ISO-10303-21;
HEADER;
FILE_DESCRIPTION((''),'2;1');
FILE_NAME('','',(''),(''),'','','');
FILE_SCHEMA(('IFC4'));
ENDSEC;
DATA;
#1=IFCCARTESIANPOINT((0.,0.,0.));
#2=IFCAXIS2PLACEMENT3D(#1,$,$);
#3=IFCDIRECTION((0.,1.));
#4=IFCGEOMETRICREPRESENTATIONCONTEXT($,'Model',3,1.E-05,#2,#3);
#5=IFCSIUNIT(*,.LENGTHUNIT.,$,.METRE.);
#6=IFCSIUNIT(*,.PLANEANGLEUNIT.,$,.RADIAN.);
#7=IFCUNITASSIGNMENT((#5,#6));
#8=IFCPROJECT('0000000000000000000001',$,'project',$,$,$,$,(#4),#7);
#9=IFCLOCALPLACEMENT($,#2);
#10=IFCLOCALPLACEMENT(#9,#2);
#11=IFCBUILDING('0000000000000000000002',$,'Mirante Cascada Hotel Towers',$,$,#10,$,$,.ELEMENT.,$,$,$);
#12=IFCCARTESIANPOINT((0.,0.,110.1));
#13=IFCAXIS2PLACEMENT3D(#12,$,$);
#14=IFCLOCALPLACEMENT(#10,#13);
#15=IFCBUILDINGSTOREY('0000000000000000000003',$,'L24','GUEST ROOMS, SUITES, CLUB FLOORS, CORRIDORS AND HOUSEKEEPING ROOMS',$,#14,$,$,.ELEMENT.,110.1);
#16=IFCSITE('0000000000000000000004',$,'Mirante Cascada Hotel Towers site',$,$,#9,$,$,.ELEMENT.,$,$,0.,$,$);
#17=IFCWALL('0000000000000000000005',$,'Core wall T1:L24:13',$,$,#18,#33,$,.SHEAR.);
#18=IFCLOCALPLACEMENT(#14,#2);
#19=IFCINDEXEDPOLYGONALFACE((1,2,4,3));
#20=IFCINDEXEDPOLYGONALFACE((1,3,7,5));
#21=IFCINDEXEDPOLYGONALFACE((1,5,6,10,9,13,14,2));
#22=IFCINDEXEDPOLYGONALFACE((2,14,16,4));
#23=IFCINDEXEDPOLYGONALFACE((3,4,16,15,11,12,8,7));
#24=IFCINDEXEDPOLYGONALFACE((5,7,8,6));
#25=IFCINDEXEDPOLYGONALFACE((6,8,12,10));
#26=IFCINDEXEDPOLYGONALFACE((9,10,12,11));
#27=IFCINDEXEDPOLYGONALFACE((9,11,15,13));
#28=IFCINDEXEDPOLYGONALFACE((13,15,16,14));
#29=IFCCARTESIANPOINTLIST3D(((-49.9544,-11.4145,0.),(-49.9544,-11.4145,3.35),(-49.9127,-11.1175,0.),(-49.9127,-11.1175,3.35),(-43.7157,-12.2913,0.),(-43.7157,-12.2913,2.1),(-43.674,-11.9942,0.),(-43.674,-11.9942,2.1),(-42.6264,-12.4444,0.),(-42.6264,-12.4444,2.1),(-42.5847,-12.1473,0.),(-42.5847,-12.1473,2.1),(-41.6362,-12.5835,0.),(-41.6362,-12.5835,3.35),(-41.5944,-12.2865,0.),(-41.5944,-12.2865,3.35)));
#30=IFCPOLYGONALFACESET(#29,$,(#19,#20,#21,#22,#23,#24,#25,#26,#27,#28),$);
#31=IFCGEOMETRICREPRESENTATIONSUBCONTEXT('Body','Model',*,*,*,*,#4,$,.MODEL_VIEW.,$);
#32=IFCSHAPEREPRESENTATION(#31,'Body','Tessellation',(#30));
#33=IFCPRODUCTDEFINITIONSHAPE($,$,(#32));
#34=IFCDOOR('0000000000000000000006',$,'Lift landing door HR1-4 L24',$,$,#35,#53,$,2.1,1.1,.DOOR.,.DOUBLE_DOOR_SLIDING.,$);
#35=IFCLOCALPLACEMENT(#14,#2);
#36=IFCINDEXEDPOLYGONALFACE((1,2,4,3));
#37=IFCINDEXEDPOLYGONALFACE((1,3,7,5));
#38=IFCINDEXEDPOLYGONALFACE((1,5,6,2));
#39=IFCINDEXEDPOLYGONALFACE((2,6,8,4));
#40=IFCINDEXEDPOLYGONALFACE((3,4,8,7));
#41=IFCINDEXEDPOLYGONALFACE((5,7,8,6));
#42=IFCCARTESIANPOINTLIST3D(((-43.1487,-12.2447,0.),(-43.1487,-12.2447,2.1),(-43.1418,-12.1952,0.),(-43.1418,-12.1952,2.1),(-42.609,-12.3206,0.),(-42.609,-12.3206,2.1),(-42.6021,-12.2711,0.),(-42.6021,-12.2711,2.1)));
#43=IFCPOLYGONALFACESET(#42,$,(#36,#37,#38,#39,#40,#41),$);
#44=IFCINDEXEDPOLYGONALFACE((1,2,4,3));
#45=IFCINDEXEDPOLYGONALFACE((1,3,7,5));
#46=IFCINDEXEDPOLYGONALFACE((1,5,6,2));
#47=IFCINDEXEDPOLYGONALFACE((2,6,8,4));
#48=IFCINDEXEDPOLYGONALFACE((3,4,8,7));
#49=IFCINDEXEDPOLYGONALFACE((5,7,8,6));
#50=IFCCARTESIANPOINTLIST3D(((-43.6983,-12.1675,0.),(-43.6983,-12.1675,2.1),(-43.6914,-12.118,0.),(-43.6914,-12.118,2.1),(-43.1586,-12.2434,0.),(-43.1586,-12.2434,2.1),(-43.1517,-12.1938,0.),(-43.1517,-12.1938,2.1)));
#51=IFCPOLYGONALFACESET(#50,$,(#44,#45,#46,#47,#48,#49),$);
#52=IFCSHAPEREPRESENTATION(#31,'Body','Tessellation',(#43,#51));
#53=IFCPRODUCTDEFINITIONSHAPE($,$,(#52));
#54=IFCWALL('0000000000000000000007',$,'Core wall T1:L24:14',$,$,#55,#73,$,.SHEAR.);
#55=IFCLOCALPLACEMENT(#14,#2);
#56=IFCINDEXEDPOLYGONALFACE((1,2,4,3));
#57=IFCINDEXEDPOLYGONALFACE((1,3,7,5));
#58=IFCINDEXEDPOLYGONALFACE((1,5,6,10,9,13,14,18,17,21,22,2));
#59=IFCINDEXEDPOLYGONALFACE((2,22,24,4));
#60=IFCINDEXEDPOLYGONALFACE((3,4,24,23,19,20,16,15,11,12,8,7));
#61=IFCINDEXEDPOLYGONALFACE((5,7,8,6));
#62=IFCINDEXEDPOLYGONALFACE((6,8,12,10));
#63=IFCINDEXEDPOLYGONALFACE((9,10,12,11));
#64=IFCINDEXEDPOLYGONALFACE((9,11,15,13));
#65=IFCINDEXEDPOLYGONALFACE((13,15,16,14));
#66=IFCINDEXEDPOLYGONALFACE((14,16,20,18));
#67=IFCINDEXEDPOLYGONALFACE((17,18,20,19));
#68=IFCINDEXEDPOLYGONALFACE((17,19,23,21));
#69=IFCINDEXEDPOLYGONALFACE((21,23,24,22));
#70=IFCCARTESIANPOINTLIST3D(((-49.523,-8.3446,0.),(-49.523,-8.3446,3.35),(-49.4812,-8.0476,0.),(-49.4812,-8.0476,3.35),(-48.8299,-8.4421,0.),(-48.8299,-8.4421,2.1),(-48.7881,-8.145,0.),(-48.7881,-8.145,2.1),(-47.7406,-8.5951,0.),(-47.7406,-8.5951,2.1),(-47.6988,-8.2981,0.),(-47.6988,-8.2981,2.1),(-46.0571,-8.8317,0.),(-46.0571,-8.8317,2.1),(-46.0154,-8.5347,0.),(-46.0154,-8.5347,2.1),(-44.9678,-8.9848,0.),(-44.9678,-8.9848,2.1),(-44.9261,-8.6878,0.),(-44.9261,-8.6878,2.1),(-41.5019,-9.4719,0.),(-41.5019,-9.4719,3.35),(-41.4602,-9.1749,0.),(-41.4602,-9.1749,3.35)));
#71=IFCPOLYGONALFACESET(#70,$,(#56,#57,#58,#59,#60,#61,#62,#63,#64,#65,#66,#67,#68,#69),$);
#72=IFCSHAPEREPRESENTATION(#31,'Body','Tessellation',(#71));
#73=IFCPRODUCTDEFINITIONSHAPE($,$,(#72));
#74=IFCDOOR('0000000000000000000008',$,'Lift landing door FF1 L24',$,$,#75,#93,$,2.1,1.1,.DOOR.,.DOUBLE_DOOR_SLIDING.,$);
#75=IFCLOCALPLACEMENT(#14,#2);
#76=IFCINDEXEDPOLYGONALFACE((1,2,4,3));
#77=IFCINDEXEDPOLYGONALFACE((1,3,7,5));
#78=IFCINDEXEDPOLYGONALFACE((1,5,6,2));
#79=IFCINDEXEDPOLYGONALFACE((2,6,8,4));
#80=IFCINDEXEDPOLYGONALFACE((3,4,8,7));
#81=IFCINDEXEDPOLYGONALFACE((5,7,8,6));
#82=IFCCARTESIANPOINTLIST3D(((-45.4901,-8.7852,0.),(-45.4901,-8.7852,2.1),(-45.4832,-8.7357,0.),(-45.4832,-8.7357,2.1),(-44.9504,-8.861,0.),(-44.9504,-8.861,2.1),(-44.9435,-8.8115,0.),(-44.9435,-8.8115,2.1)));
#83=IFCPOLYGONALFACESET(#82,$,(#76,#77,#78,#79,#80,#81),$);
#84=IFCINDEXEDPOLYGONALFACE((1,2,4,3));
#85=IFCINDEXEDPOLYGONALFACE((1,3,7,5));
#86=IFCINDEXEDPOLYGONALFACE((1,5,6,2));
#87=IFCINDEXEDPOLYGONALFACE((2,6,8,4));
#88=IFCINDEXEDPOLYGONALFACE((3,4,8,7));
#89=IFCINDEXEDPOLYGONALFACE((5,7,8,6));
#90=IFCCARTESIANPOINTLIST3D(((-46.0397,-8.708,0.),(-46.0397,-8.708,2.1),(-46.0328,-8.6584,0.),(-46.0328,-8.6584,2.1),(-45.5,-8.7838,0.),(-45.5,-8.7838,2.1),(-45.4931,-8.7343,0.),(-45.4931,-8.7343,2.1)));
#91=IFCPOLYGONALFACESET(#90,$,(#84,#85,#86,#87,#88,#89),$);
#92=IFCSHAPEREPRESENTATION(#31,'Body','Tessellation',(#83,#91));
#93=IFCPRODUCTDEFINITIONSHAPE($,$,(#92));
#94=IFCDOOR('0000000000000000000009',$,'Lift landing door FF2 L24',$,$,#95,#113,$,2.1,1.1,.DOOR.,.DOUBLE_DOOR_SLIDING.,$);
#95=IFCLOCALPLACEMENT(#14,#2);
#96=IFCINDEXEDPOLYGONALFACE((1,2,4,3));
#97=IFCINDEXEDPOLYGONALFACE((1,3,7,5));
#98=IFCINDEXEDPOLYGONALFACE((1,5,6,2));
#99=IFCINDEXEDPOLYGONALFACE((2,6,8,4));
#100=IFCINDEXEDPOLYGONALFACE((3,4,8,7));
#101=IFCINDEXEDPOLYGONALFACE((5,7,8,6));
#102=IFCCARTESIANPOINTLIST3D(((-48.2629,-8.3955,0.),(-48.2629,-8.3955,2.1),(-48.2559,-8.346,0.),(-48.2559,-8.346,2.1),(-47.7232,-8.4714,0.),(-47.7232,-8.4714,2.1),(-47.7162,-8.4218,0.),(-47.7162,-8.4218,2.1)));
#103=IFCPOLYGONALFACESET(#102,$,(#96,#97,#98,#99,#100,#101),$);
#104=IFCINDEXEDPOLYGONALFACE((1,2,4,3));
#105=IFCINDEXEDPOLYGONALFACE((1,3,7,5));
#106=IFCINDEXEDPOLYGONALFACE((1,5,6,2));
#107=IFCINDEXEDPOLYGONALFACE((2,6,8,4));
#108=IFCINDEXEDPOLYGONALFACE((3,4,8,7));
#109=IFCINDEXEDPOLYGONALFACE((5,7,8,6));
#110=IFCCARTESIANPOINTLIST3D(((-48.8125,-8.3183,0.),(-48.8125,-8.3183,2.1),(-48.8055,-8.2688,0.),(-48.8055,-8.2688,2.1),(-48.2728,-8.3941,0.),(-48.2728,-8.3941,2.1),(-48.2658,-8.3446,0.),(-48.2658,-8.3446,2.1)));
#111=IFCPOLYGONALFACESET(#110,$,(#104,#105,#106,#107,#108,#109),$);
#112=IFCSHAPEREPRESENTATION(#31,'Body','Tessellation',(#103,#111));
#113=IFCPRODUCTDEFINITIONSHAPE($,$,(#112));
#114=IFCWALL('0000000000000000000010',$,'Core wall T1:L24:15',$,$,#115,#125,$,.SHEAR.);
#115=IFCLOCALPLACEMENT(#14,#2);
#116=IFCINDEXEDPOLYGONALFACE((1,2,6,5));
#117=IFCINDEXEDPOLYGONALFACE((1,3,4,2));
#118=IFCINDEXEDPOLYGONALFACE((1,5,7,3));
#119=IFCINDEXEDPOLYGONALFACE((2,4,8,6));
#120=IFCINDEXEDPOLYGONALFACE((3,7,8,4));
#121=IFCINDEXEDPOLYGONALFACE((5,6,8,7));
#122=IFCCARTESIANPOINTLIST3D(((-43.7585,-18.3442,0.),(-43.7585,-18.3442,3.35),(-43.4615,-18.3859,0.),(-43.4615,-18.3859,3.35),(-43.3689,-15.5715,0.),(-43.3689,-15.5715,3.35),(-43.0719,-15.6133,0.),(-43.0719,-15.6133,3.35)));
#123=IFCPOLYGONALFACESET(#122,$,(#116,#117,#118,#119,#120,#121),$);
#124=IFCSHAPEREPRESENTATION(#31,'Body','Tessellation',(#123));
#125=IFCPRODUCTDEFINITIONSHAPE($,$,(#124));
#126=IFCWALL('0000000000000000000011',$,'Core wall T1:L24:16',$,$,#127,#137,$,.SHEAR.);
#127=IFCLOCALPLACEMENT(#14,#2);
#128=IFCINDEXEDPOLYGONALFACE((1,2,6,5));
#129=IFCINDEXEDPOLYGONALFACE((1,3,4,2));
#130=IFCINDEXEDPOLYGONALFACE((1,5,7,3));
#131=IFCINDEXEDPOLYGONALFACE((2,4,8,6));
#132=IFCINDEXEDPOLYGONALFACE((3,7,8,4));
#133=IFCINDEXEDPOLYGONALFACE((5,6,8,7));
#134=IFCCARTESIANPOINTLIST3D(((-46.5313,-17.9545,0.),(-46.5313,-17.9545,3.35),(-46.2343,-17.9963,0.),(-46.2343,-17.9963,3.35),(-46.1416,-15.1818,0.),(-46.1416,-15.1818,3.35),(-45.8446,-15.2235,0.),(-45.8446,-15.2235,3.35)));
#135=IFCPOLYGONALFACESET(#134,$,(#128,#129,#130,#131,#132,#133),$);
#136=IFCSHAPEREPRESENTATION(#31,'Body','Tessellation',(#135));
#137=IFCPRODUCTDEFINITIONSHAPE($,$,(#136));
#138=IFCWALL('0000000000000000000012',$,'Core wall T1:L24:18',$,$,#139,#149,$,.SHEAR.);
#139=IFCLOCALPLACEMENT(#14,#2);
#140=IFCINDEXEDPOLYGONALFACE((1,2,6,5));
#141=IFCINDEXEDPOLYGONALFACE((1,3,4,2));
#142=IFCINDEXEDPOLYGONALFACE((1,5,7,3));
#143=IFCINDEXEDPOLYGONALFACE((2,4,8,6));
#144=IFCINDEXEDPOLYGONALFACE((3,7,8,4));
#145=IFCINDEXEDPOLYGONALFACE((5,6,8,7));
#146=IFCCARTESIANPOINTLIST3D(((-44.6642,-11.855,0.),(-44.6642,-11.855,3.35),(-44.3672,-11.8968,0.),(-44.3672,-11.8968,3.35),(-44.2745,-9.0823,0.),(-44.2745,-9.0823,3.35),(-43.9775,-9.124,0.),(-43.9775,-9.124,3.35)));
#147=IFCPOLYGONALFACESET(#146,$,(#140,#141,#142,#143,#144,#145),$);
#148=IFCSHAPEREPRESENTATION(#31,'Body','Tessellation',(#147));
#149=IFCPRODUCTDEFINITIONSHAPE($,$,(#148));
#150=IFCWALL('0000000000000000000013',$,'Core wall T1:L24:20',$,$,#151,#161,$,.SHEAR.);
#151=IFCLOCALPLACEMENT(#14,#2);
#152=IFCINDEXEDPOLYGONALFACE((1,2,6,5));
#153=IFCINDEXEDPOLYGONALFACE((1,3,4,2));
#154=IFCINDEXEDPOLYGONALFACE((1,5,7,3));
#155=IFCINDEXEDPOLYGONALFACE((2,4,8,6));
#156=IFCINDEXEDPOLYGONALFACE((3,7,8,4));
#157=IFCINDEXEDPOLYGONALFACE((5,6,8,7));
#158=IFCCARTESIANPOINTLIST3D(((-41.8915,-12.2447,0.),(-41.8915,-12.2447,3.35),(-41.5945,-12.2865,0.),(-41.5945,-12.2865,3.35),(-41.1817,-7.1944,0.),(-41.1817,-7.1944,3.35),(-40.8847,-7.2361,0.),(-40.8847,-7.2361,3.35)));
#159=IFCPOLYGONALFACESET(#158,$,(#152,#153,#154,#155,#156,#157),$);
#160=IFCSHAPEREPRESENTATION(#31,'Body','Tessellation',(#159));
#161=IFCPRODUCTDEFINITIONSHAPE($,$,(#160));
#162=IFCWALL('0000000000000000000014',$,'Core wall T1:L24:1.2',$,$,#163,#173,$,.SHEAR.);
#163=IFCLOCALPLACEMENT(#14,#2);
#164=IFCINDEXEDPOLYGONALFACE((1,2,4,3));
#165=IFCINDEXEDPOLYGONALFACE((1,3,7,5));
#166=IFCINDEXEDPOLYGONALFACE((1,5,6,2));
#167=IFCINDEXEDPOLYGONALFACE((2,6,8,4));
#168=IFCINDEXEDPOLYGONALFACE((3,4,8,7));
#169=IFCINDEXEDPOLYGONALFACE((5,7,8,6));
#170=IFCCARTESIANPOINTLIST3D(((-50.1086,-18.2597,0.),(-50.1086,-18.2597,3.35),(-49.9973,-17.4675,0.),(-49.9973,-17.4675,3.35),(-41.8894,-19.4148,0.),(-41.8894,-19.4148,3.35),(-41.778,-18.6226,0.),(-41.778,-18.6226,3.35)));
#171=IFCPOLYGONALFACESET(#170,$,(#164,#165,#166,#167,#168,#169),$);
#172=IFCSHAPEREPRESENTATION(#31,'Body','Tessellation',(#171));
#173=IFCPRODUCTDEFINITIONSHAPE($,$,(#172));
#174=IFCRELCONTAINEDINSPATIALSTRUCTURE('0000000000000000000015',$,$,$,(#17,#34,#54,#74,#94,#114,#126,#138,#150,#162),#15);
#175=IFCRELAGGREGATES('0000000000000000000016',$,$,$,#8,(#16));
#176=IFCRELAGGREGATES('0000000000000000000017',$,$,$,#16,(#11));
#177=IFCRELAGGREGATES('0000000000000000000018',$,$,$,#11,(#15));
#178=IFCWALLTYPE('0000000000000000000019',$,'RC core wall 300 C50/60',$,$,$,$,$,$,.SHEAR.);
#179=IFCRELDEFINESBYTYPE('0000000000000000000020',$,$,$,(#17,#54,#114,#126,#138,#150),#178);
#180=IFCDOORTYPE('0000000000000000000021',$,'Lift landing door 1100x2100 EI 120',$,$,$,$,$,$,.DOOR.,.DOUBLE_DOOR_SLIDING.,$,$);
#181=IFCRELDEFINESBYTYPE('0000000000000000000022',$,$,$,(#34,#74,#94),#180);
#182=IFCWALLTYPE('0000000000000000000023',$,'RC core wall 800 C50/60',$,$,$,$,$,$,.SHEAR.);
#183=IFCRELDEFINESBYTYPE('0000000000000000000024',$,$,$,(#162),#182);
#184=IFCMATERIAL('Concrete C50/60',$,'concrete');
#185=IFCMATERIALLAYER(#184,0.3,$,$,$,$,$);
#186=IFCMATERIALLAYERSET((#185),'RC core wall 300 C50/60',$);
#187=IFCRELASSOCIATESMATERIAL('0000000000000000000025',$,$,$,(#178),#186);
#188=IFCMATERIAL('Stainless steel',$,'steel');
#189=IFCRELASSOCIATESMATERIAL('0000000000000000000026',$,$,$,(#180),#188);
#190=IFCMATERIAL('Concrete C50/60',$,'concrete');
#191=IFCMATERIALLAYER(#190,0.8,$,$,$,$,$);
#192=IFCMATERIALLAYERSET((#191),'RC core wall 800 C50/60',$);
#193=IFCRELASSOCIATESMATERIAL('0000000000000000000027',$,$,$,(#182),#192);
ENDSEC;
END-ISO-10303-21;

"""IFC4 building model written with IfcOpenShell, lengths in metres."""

from ifc_helpers import new_model, si_unit, direction, frame, frame_2d, origin, place, context, subcontext, project, spatial, rectangle, extrude, material, layer, layer_set, type_object, element, fill, save


model = new_model("IFC4")

# Units and contexts
model_context = context("Model", 3, precision=1e-05, world=origin(), true_north=direction((0.0, 1.0)))
body_context = subcontext(model_context, "Body", "Model", "MODEL_VIEW")
ifc_project = project(units=[si_unit("LENGTHUNIT", "METRE"), si_unit("PLANEANGLEUNIT", "RADIAN")], contexts=[model_context])

# Site, building, storey
site_placement = place(None, origin())
site = spatial("IfcSite", under=ifc_project, at=site_placement, Name="Mirante Cascada Hotel Towers site", CompositionType="ELEMENT", RefElevation=0.0)
building_placement = place(site_placement, origin())
building = spatial("IfcBuilding", under=site, at=building_placement, Name="Mirante Cascada Hotel Towers", CompositionType="ELEMENT")
storey_placement = place(building_placement, frame((0.0, 0.0, 110.1)))
storey = spatial("IfcBuildingStorey", under=building, at=storey_placement, Name="L24", Description="GUEST ROOMS, SUITES, CLUB FLOORS, CORRIDORS AND HOUSEKEEPING ROOMS", CompositionType="ELEMENT", Elevation=110.1)

# Shared definitions
ifc_material_1 = material(Name="Concrete C50/60", Category="concrete")
ifc_layer_1 = layer(ifc_material_1, 0.3)
ifc_layer_set_1 = layer_set([ifc_layer_1], Name="RC core wall 300 C50/60")
wall_type_1 = type_object("IfcWallType", Name="RC core wall 300 C50/60", PredefinedType="SHEAR", material=ifc_layer_set_1)

# Shared definitions
ifc_material_2 = material(Name="Stainless steel", Category="steel")
door_type_1 = type_object("IfcDoorType", Name="Lift landing door 1100x2100 EI 120", OperationType="DOUBLE_DOOR_SLIDING", PredefinedType="DOOR", material=ifc_material_2)

# Wall, opening, door
wall_1_placement = place(storey_placement, frame((-41.6153, -12.435, 0.0), z_axis=(0.0, 0.0, 1.0), x_axis=(-0.990269, 0.139166, 0.0)))
wall_1 = element("IfcWall", 1, at=wall_1_placement, inside=storey, type_object=wall_type_1, Name="Core wall T1:L24:13", PredefinedType="SHEAR", context=body_context, shape_type="SweptSolid", body=[
    extrude(rectangle(XDim=8.4, YDim=0.3, at=frame_2d((4.2, 0.0))), origin(), (0.0, 0.0, 1.0), 3.35),
])
opening_1_placement = place(wall_1_placement, frame((1.0, 0.0, 0.0)))
opening_1 = element("IfcOpeningElement", 2, at=opening_1_placement, cuts=wall_1, PredefinedType="OPENING", context=body_context, shape_type="SweptSolid", body=[
    extrude(rectangle(XDim=1.1, YDim=2.1, at=frame_2d((0.55, 1.05))), frame((0.0, 0.15, 0.0), z_axis=(0.0, -1.0, 0.0), x_axis=(1.0, 0.0, 0.0)), (0.0, 0.0, 1.0), 0.3),
])
door_1_placement = place(opening_1_placement, origin())
door_1 = element("IfcDoor", 3, at=door_1_placement, inside=storey, type_object=door_type_1, Name="Lift landing door HR1-4 L24", OperationType="DOUBLE_DOOR_SLIDING", OverallHeight=2.1, OverallWidth=1.1, PredefinedType="DOOR", context=body_context, shape_type="SweptSolid", body=[
    extrude(rectangle(XDim=0.545, YDim=2.1, at=frame_2d((0.2725, 1.05))), frame((0.0, 0.025, 0.0), z_axis=(0.0, -1.0, 0.0), x_axis=(1.0, 0.0, 0.0)), (0.0, 0.0, 1.0), 0.05),
    extrude(rectangle(XDim=0.545, YDim=2.1, at=frame_2d((0.8275, 1.05))), frame((0.0, 0.025, 0.0), z_axis=(0.0, -1.0, 0.0), x_axis=(1.0, 0.0, 0.0)), (0.0, 0.0, 1.0), 0.05),
])
fill(opening_1, door_1)

# Wall, openings, doors
wall_2_placement = place(storey_placement, frame((-41.481, -9.3234, 0.0), z_axis=(0.0, 0.0, 1.0), x_axis=(-0.990268, 0.139174, 0.0)))
wall_2 = element("IfcWall", 4, at=wall_2_placement, inside=storey, type_object=wall_type_1, Name="Core wall T1:L24:14", PredefinedType="SHEAR", context=body_context, shape_type="SweptSolid", body=[
    extrude(rectangle(XDim=8.0999, YDim=0.3, at=frame_2d((4.05, 0.0))), origin(), (0.0, 0.0, 1.0), 3.35),
])
opening_2_placement = place(wall_2_placement, frame((3.5, 0.0, 0.0)))
opening_2 = element("IfcOpeningElement", 5, at=opening_2_placement, cuts=wall_2, PredefinedType="OPENING", context=body_context, shape_type="SweptSolid", body=[
    extrude(rectangle(XDim=1.1, YDim=2.1, at=frame_2d((0.55, 1.05))), frame((0.0, 0.15, 0.0), z_axis=(0.0, -1.0, 0.0), x_axis=(1.0, 0.0, 0.0)), (0.0, 0.0, 1.0), 0.3),
])
opening_3_placement = place(wall_2_placement, frame((6.3, 0.0, 0.0)))
opening_3 = element("IfcOpeningElement", 6, at=opening_3_placement, cuts=wall_2, PredefinedType="OPENING", context=body_context, shape_type="SweptSolid", body=[
    extrude(rectangle(XDim=1.1, YDim=2.1, at=frame_2d((0.55, 1.05))), frame((0.0, 0.15, 0.0), z_axis=(0.0, -1.0, 0.0), x_axis=(1.0, 0.0, 0.0)), (0.0, 0.0, 1.0), 0.3),
])
door_2_placement = place(opening_2_placement, origin())
door_2 = element("IfcDoor", 7, at=door_2_placement, inside=storey, type_object=door_type_1, Name="Lift landing door FF1 L24", OperationType="DOUBLE_DOOR_SLIDING", OverallHeight=2.1, OverallWidth=1.1, PredefinedType="DOOR", context=body_context, shape_type="SweptSolid", body=[
    extrude(rectangle(XDim=0.545, YDim=2.1, at=frame_2d((0.2725, 1.05))), frame((0.0, 0.025, 0.0), z_axis=(0.0, -1.0, 0.0), x_axis=(1.0, 0.0, 0.0)), (0.0, 0.0, 1.0), 0.05),
    extrude(rectangle(XDim=0.545, YDim=2.1, at=frame_2d((0.8275, 1.05))), frame((0.0, 0.025, 0.0), z_axis=(0.0, -1.0, 0.0), x_axis=(1.0, 0.0, 0.0)), (0.0, 0.0, 1.0), 0.05),
])
fill(opening_2, door_2)
door_3_placement = place(opening_3_placement, origin())
door_3 = element("IfcDoor", 8, at=door_3_placement, inside=storey, type_object=door_type_1, Name="Lift landing door FF2 L24", OperationType="DOUBLE_DOOR_SLIDING", OverallHeight=2.1, OverallWidth=1.1, PredefinedType="DOOR", context=body_context, shape_type="SweptSolid", body=[
    extrude(rectangle(XDim=0.545, YDim=2.1, at=frame_2d((0.2725, 1.05))), frame((0.0, 0.025, 0.0), z_axis=(0.0, -1.0, 0.0), x_axis=(1.0, 0.0, 0.0)), (0.0, 0.0, 1.0), 0.05),
    extrude(rectangle(XDim=0.545, YDim=2.1, at=frame_2d((0.8275, 1.05))), frame((0.0, 0.025, 0.0), z_axis=(0.0, -1.0, 0.0), x_axis=(1.0, 0.0, 0.0)), (0.0, 0.0, 1.0), 0.05),
])
fill(opening_3, door_3)

# Walls
wall_3_placement = place(storey_placement, frame((-43.61, -18.3651, 0.0), z_axis=(0.0, 0.0, 1.0), x_axis=(0.139146, 0.990272, 0.0)))
element("IfcWall", 9, at=wall_3_placement, inside=storey, type_object=wall_type_1, Name="Core wall T1:L24:15", PredefinedType="SHEAR", context=body_context, shape_type="SweptSolid", body=[
    extrude(rectangle(XDim=2.7999, YDim=0.3, at=frame_2d((1.4, 0.0))), origin(), (0.0, 0.0, 1.0), 3.35),
])
for number, where, z_axis, x_axis, name in (
    (10, (-46.3828, -17.9754, 0.0), (0.0, 0.0, 1.0), (0.139181, 0.990267, 0.0), "Core wall T1:L24:16"),
    (11, (-44.5157, -11.8759, 0.0), (0.0, 0.0, 1.0), (0.139181, 0.990267, 0.0), "Core wall T1:L24:18"),
):
    element("IfcWall", number, at=place(storey_placement, frame(where, z_axis=z_axis, x_axis=x_axis)), inside=storey, type_object=wall_type_1, Name=name, PredefinedType="SHEAR", context=body_context, shape_type="SweptSolid", body=[
        extrude(rectangle(XDim=2.8, YDim=0.3, at=frame_2d((1.4, 0.0))), origin(), (0.0, 0.0, 1.0), 3.35),
    ])
wall_4_placement = place(storey_placement, frame((-41.743, -12.2656, 0.0), z_axis=(0.0, 0.0, 1.0), x_axis=(0.139176, 0.990268, 0.0)))
element("IfcWall", 12, at=wall_4_placement, inside=storey, type_object=wall_type_1, Name="Core wall T1:L24:20", PredefinedType="SHEAR", context=body_context, shape_type="SweptSolid", body=[
    extrude(rectangle(XDim=5.1, YDim=0.3, at=frame_2d((2.55, 0.0))), origin(), (0.0, 0.0, 1.0), 3.35),
])
ifc_material_3 = material(Name="Concrete C50/60", Category="concrete")
ifc_layer_2 = layer(ifc_material_3, 0.8)
ifc_layer_set_2 = layer_set([ifc_layer_2], Name="RC core wall 800 C50/60")
wall_type_2 = type_object("IfcWallType", Name="RC core wall 800 C50/60", PredefinedType="SHEAR", material=ifc_layer_set_2)
wall_5_placement = place(storey_placement, frame((-41.8337, -19.0187, 0.0), z_axis=(0.0, 0.0, 1.0), x_axis=(-0.990269, 0.139169, 0.0)))
element("IfcWall", 13, at=wall_5_placement, inside=storey, type_object=wall_type_2, Name="Core wall T1:L24:1.2", PredefinedType="SHEAR", context=body_context, shape_type="SweptSolid", body=[
    extrude(rectangle(XDim=8.3, YDim=0.8, at=frame_2d((4.15, 0.0))), origin(), (0.0, 0.0, 1.0), 3.35),
])

save(model, "model.ifc")
